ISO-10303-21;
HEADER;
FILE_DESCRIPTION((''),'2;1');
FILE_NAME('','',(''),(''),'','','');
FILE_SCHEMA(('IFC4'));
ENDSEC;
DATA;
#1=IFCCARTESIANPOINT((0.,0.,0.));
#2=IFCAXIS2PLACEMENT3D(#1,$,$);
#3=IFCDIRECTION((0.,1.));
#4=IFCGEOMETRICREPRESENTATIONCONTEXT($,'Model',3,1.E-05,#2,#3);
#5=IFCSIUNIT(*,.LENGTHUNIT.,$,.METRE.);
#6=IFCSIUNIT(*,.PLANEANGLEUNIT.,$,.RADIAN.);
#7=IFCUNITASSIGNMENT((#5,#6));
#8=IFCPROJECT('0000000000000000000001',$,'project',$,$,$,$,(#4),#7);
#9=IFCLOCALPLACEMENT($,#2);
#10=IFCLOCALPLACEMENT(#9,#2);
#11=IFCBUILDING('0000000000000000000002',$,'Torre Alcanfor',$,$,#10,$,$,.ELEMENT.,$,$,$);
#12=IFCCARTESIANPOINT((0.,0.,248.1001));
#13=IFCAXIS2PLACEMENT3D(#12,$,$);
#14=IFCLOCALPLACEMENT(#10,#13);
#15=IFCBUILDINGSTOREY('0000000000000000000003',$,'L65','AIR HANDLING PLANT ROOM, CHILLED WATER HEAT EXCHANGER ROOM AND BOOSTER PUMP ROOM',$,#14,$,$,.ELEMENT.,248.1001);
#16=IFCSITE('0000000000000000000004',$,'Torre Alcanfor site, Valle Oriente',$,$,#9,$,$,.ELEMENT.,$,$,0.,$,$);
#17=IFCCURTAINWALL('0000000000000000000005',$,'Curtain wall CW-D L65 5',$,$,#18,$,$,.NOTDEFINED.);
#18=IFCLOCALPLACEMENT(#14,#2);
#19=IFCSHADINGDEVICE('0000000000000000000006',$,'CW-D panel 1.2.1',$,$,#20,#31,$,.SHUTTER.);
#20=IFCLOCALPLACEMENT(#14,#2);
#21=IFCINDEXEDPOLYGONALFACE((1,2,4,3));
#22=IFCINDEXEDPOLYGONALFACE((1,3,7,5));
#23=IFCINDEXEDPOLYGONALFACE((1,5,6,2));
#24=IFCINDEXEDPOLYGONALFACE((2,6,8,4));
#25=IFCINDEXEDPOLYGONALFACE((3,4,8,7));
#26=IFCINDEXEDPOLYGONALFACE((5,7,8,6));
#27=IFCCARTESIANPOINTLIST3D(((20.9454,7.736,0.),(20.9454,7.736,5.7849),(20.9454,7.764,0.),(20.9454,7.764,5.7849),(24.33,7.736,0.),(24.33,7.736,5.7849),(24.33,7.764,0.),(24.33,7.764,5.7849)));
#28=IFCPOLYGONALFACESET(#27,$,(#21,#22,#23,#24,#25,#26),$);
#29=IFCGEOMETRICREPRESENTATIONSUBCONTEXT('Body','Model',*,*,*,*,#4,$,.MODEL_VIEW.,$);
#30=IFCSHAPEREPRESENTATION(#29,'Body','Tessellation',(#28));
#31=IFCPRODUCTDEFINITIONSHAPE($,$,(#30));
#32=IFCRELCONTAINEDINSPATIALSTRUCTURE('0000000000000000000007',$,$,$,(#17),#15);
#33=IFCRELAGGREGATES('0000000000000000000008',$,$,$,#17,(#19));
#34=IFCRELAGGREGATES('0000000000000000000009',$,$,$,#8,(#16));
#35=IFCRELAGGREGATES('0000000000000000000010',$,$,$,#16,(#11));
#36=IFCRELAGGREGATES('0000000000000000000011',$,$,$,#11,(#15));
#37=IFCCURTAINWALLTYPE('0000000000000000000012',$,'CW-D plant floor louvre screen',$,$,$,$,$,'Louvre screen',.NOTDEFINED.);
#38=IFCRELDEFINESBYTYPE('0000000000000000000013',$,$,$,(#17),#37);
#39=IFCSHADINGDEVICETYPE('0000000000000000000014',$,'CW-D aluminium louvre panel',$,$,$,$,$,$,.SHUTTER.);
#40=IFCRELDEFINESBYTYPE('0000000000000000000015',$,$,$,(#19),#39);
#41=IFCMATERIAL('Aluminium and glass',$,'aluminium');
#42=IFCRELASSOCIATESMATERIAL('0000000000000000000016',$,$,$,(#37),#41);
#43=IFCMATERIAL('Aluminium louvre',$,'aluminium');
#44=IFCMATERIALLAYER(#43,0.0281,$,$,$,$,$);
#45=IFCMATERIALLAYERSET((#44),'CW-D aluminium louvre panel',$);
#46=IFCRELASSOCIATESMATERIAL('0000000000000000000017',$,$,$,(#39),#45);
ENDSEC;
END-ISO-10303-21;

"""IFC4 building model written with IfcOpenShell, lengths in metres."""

from ifc_helpers import new_model, si_unit, direction, frame, origin, origin_2d, place, context, subcontext, project, spatial, rectangle, extrude, material, layer, layer_set, type_object, element, aggregate, save


model = new_model("IFC4")

# Units and contexts
model_context = context("Model", 3, precision=1e-05, world=origin(), true_north=direction((0.0, 1.0)))
body_context = subcontext(model_context, "Body", "Model", "MODEL_VIEW")
ifc_project = project(units=[si_unit("LENGTHUNIT", "METRE"), si_unit("PLANEANGLEUNIT", "RADIAN")], contexts=[model_context])

# Site, building, storey
site_placement = place(None, origin())
site = spatial("IfcSite", under=ifc_project, at=site_placement, Name="Torre Alcanfor site, Valle Oriente", CompositionType="ELEMENT", RefElevation=0.0)
building_placement = place(site_placement, origin())
building = spatial("IfcBuilding", under=site, at=building_placement, Name="Torre Alcanfor", CompositionType="ELEMENT")
storey_placement = place(building_placement, frame((0.0, 0.0, 248.1001)))
storey = spatial("IfcBuildingStorey", under=building, at=storey_placement, Name="L65", Description="AIR HANDLING PLANT ROOM, CHILLED WATER HEAT EXCHANGER ROOM AND BOOSTER PUMP ROOM", CompositionType="ELEMENT", Elevation=248.1001)

# Curtain wall
ifc_material_1 = material(Name="Aluminium and glass", Category="aluminium")
curtain_wall_type = type_object("IfcCurtainWallType", Name="CW-D plant floor louvre screen", ElementType="Louvre screen", PredefinedType="NOTDEFINED", material=ifc_material_1)
curtain_wall_placement = place(storey_placement, origin())
curtain_wall = element("IfcCurtainWall", 1, at=curtain_wall_placement, inside=storey, type_object=curtain_wall_type, Name="Curtain wall CW-D L65 5", PredefinedType="NOTDEFINED")

# Shading device
ifc_material_2 = material(Name="Aluminium louvre", Category="aluminium")
ifc_layer_1 = layer(ifc_material_2, 0.0281)
ifc_layer_set_1 = layer_set([ifc_layer_1], Name="CW-D aluminium louvre panel")
shading_device_type = type_object("IfcShadingDeviceType", Name="CW-D aluminium louvre panel", PredefinedType="SHUTTER", material=ifc_layer_set_1)
shading_device_1_placement = place(storey_placement, frame((22.6377, 7.75, 0.0), z_axis=(0.0, 0.0, 1.0), x_axis=(1.0, 0.0, 0.0)))
shading_device_1 = element("IfcShadingDevice", 2, at=shading_device_1_placement, type_object=shading_device_type, Name="CW-D panel 1.2.1", PredefinedType="SHUTTER", context=body_context, shape_type="SweptSolid", body=[
    extrude(rectangle(XDim=3.3845, YDim=0.0281, at=origin_2d()), origin(), (0.0, 0.0, 1.0), 5.7849),
])
aggregate(curtain_wall, [shading_device_1])

save(model, "model.ifc")
